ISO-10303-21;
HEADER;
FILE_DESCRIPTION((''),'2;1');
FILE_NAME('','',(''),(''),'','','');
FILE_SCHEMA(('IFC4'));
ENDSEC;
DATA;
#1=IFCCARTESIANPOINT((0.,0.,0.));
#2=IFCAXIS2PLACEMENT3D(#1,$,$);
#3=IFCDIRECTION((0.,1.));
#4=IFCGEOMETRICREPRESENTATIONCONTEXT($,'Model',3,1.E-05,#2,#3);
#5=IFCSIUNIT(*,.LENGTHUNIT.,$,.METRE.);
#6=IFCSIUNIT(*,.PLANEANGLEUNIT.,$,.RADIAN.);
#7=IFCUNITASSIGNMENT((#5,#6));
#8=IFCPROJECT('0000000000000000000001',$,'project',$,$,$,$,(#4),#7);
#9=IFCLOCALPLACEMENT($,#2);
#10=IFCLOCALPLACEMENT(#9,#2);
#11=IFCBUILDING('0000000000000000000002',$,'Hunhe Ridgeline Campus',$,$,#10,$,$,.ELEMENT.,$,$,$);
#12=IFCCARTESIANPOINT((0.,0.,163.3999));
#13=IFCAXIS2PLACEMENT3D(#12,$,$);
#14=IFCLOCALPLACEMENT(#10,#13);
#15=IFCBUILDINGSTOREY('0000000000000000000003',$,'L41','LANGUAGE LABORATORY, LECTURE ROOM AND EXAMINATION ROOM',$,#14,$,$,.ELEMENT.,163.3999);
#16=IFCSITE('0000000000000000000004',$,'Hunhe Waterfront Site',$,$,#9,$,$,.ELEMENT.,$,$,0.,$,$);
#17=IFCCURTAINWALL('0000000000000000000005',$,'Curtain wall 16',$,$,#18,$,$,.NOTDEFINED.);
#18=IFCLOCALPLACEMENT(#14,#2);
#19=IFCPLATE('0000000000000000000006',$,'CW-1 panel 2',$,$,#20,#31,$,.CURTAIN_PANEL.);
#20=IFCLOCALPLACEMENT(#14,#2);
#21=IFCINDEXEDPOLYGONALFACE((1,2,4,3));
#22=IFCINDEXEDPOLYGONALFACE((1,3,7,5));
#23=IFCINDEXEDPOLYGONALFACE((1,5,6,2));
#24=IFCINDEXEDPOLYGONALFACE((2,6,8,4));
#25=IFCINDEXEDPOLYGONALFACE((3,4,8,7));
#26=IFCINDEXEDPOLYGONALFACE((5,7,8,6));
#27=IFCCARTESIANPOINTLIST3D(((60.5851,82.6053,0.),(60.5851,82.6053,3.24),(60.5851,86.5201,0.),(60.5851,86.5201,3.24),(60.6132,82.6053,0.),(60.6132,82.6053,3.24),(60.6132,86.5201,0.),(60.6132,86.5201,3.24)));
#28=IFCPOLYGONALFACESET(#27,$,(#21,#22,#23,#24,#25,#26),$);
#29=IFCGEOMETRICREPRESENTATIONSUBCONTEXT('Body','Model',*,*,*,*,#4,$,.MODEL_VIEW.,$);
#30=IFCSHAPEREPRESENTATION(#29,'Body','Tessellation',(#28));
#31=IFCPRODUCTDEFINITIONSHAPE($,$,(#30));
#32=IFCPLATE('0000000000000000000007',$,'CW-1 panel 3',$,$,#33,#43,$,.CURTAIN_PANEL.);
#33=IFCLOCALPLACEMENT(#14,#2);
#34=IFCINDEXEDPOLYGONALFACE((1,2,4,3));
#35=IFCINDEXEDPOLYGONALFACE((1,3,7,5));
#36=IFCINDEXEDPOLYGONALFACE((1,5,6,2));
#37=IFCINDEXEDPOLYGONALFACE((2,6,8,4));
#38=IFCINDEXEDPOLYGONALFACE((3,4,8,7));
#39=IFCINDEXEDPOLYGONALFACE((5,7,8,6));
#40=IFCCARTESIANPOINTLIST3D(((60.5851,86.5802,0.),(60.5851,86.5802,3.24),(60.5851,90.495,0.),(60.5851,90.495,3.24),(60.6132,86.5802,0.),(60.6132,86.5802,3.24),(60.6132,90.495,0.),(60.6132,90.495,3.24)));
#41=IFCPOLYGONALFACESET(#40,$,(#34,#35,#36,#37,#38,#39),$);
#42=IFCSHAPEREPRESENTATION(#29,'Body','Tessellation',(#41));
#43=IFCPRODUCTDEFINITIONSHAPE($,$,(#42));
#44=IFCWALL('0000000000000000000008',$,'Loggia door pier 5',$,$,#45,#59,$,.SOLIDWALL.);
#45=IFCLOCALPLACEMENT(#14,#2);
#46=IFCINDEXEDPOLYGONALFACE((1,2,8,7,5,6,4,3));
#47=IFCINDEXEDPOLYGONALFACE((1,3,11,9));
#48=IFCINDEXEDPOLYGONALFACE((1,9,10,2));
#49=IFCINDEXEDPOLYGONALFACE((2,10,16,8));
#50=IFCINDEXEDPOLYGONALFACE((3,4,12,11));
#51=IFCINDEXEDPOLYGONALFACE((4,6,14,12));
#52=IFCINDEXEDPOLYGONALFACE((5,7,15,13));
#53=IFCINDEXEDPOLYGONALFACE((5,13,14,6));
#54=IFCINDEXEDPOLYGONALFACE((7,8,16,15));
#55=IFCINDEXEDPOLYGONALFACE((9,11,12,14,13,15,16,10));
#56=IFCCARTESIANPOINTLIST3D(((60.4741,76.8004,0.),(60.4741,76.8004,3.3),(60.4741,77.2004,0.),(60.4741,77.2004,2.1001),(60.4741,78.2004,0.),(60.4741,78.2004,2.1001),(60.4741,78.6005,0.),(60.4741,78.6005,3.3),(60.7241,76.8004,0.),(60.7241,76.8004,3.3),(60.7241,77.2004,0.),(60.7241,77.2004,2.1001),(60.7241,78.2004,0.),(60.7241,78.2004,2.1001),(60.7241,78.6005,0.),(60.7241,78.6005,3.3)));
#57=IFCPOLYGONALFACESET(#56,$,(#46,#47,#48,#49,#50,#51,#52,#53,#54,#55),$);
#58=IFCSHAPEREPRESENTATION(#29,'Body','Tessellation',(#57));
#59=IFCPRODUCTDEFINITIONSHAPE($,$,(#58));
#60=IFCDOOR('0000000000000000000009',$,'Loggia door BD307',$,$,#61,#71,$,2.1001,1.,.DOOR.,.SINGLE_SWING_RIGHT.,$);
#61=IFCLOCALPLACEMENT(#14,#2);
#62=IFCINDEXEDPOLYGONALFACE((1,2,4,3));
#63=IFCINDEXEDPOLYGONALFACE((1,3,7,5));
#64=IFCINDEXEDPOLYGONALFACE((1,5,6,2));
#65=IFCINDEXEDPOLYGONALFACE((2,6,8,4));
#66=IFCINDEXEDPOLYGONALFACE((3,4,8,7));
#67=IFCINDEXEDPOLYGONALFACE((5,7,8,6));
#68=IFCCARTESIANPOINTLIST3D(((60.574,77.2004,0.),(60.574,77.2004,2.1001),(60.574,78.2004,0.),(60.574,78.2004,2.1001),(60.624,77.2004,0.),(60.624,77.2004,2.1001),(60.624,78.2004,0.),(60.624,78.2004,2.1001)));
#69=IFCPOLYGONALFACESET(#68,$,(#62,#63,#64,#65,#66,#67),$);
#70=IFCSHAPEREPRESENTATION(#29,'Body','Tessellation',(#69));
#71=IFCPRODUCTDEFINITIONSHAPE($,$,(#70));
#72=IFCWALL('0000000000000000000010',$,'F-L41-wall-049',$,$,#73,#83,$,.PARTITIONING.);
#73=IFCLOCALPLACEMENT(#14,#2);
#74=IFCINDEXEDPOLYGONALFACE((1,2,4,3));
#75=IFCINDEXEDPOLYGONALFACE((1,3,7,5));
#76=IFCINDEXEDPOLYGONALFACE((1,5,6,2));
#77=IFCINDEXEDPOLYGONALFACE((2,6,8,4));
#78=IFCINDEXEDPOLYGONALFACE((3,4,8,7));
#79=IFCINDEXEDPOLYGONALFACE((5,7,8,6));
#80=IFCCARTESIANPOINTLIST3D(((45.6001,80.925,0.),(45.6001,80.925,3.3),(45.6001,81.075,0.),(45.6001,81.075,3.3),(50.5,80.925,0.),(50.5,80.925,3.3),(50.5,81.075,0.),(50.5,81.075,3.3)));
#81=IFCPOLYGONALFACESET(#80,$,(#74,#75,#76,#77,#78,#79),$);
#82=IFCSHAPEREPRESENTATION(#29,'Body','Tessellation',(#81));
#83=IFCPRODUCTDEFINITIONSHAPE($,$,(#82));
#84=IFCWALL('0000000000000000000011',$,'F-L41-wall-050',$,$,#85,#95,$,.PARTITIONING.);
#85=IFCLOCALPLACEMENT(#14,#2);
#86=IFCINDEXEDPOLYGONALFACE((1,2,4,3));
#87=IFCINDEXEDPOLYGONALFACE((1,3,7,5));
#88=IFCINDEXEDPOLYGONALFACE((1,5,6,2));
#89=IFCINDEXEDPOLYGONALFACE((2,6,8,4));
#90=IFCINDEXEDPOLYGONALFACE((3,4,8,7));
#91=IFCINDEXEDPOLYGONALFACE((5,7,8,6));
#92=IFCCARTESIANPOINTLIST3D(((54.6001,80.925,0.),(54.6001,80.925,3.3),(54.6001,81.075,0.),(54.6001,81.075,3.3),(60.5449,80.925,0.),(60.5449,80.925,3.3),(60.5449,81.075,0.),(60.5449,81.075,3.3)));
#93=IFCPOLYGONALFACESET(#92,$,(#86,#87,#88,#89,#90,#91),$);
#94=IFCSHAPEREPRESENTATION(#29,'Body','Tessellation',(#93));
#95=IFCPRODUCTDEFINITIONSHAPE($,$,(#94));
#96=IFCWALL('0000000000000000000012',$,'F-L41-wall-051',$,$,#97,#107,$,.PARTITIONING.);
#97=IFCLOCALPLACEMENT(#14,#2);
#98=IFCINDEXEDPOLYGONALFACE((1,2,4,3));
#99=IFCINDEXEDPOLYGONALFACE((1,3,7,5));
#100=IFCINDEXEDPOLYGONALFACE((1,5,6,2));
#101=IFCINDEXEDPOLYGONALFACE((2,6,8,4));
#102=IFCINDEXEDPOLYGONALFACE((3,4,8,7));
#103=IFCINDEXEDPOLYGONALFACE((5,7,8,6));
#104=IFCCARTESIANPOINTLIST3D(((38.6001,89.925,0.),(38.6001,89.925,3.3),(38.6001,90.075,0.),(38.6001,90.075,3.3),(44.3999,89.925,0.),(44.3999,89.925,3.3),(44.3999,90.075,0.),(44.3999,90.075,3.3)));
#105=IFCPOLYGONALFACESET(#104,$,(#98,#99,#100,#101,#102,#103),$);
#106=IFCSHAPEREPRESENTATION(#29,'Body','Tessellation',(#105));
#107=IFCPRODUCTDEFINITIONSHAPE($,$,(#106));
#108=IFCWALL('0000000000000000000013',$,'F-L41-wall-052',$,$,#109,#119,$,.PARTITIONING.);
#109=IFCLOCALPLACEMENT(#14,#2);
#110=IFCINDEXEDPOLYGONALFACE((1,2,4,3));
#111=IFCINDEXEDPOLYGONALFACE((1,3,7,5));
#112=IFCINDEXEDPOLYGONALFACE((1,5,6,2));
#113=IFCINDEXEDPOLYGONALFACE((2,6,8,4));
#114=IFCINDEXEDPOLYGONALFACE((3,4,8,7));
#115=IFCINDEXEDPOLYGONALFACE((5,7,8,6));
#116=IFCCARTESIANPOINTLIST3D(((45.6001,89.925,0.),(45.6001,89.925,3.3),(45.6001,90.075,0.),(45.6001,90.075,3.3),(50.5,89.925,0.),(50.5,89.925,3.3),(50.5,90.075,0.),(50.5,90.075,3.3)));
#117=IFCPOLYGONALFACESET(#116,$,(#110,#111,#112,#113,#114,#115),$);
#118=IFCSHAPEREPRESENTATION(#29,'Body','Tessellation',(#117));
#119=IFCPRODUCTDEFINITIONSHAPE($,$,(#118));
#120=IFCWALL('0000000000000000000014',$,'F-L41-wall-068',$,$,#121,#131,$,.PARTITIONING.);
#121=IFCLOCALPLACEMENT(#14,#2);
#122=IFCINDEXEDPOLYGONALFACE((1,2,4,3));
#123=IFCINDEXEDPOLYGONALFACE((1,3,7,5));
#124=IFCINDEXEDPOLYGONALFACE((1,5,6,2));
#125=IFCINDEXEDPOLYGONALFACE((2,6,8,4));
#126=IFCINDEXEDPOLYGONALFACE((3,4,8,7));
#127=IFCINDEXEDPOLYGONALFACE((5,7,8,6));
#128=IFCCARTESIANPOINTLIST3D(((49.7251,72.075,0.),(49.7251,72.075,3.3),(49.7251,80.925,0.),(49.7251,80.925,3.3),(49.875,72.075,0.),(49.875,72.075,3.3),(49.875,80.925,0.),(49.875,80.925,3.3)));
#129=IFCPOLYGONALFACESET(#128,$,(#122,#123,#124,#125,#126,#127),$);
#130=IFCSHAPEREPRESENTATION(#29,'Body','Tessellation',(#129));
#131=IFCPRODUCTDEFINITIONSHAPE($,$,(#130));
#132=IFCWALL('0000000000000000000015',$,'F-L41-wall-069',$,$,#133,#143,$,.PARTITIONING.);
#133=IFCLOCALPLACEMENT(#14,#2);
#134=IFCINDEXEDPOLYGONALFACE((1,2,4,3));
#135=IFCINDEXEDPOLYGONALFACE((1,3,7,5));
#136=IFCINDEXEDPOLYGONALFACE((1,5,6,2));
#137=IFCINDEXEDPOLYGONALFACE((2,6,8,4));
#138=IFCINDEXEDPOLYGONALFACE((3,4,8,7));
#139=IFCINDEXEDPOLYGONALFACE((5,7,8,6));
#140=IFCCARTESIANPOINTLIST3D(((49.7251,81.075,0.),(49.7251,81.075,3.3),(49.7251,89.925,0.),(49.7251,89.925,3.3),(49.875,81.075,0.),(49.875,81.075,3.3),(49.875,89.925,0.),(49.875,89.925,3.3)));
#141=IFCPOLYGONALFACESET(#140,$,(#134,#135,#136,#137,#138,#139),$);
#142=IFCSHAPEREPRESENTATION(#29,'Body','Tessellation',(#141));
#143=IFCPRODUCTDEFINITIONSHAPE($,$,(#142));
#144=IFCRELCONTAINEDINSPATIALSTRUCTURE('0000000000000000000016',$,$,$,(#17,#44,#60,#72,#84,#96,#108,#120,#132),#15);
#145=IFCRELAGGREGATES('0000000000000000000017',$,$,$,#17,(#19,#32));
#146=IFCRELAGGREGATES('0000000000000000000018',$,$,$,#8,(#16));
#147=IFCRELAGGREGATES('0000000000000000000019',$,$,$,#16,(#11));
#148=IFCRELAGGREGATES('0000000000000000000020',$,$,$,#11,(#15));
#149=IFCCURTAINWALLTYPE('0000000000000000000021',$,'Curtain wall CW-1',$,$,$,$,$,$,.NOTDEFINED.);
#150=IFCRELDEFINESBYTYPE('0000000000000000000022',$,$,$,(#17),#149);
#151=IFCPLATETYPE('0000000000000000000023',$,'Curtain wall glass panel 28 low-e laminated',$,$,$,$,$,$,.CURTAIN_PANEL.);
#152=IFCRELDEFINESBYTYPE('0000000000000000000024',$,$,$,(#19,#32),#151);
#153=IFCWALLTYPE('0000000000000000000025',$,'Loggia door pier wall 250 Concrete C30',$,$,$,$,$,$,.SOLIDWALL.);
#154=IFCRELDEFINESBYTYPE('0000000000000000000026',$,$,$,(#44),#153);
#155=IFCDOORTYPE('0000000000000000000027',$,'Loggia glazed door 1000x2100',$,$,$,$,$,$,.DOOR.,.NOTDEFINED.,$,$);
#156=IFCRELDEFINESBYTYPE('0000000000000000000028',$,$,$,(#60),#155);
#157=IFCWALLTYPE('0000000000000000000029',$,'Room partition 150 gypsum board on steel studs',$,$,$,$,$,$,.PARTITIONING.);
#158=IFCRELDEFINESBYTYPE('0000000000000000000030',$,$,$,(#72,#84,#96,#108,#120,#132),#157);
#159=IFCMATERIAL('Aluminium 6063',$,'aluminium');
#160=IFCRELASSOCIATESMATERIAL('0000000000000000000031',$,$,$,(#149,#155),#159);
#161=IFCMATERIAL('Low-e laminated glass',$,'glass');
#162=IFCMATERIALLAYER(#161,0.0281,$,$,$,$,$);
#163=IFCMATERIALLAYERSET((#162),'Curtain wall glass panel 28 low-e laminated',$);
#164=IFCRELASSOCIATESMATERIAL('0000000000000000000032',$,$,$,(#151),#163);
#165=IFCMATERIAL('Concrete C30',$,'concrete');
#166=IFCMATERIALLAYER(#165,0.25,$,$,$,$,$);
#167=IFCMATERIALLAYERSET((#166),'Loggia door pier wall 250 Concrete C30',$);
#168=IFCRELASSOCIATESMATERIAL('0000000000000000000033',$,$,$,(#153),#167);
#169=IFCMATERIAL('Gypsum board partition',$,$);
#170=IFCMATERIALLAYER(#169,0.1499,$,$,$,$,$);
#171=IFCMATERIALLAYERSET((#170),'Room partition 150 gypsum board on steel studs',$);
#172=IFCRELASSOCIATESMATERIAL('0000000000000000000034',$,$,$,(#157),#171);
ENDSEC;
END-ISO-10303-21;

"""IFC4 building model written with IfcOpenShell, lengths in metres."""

from ifc_helpers import new_model, si_unit, direction, frame, frame_2d, origin, origin_2d, place, context, subcontext, project, spatial, rectangle, extrude, material, layer, layer_set, type_object, element, fill, aggregate, save


model = new_model("IFC4")

# Units and contexts
model_context = context("Model", 3, precision=1e-05, world=origin(), true_north=direction((0.0, 1.0)))
body_context = subcontext(model_context, "Body", "Model", "MODEL_VIEW")
ifc_project = project(units=[si_unit("LENGTHUNIT", "METRE"), si_unit("PLANEANGLEUNIT", "RADIAN")], contexts=[model_context])

# Site, building, storey
site_placement = place(None, origin())
site = spatial("IfcSite", under=ifc_project, at=site_placement, Name="Hunhe Waterfront Site", CompositionType="ELEMENT", RefElevation=0.0)
building_placement = place(site_placement, origin())
building = spatial("IfcBuilding", under=site, at=building_placement, Name="Hunhe Ridgeline Campus", CompositionType="ELEMENT")
storey_placement = place(building_placement, frame((0.0, 0.0, 163.3999)))
storey = spatial("IfcBuildingStorey", under=building, at=storey_placement, Name="L41", Description="LANGUAGE LABORATORY, LECTURE ROOM AND EXAMINATION ROOM", CompositionType="ELEMENT", Elevation=163.3999)

# Curtain wall
ifc_material_1 = material(Name="Aluminium 6063", Category="aluminium")
curtain_wall_type = type_object("IfcCurtainWallType", Name="Curtain wall CW-1", PredefinedType="NOTDEFINED", material=ifc_material_1)
curtain_wall_1_placement = place(storey_placement, origin())
curtain_wall_1 = element("IfcCurtainWall", 1, at=curtain_wall_1_placement, inside=storey, type_object=curtain_wall_type, Name="Curtain wall 16", PredefinedType="NOTDEFINED")

# Plates
ifc_material_2 = material(Name="Low-e laminated glass", Category="glass")
ifc_layer_1 = layer(ifc_material_2, 0.0281)
ifc_layer_set_1 = layer_set([ifc_layer_1], Name="Curtain wall glass panel 28 low-e laminated")
plate_type = type_object("IfcPlateType", Name="Curtain wall glass panel 28 low-e laminated", PredefinedType="CURTAIN_PANEL", material=ifc_layer_set_1)
plate_1_placement = place(storey_placement, frame((60.5991, 84.5627, 0.0), z_axis=(0.0, 0.0, 1.0), x_axis=(0.0, 1.0, 0.0)))
plate_1 = element("IfcPlate", 2, at=plate_1_placement, type_object=plate_type, Name="CW-1 panel 2", PredefinedType="CURTAIN_PANEL", context=body_context, shape_type="SweptSolid", body=[
    extrude(rectangle(XDim=3.9148, YDim=0.0281, at=origin_2d()), origin(), (0.0, 0.0, 1.0), 3.24),
])
plate_2_placement = place(storey_placement, frame((60.5991, 88.5376, 0.0), z_axis=(0.0, 0.0, 1.0), x_axis=(0.0, 1.0, 0.0)))
plate_2 = element("IfcPlate", 3, at=plate_2_placement, type_object=plate_type, Name="CW-1 panel 3", PredefinedType="CURTAIN_PANEL", context=body_context, shape_type="SweptSolid", body=[
    extrude(rectangle(XDim=3.9148, YDim=0.0281, at=origin_2d()), origin(), (0.0, 0.0, 1.0), 3.24),
])
aggregate(curtain_wall_1, [plate_1, plate_2])

# Wall, opening, door
ifc_material_3 = material(Name="Concrete C30", Category="concrete")
ifc_layer_2 = layer(ifc_material_3, 0.25)
ifc_layer_set_2 = layer_set([ifc_layer_2], Name="Loggia door pier wall 250 Concrete C30")
wall_type_1 = type_object("IfcWallType", Name="Loggia door pier wall 250 Concrete C30", PredefinedType="SOLIDWALL", material=ifc_layer_set_2)
wall_1_placement = place(storey_placement, frame((60.5991, 76.8005, 0.0), z_axis=(0.0, 0.0, 1.0), x_axis=(0.0, 1.0, 0.0)))
wall_1 = element("IfcWall", 4, at=wall_1_placement, inside=storey, type_object=wall_type_1, Name="Loggia door pier 5", PredefinedType="SOLIDWALL", context=body_context, shape_type="SweptSolid", body=[
    extrude(rectangle(XDim=1.8, YDim=0.25, at=frame_2d((0.8999, 0.0))), origin(), (0.0, 0.0, 1.0), 3.3),
])
opening_placement = place(wall_1_placement, frame((0.3999, 0.0, 0.0)))
opening = element("IfcOpeningElement", 5, at=opening_placement, cuts=wall_1, PredefinedType="OPENING", context=body_context, shape_type="SweptSolid", body=[
    extrude(rectangle(XDim=1.0, YDim=2.1001, at=frame_2d((0.5, 1.05))), frame((0.0, 0.125, 0.0), z_axis=(0.0, -1.0, 0.0), x_axis=(1.0, 0.0, 0.0)), (0.0, 0.0, 1.0), 0.25),
])
door_type = type_object("IfcDoorType", Name="Loggia glazed door 1000x2100", OperationType="NOTDEFINED", PredefinedType="DOOR", material=ifc_material_1)
door_placement = place(opening_placement, frame((1.0, 0.0, 0.0), z_axis=(0.0, 0.0, 1.0), x_axis=(-1.0, 0.0, 0.0)))
door = element("IfcDoor", 6, at=door_placement, inside=storey, type_object=door_type, Name="Loggia door BD307", OperationType="SINGLE_SWING_RIGHT", OverallHeight=2.1001, OverallWidth=1.0, PredefinedType="DOOR", context=body_context, shape_type="SweptSolid", body=[
    extrude(rectangle(XDim=1.0, YDim=2.1001, at=frame_2d((0.5, 1.05))), frame((0.0, 0.0249, 0.0), z_axis=(0.0, -1.0, 0.0), x_axis=(1.0, 0.0, 0.0)), (0.0, 0.0, 1.0), 0.05),
])
fill(opening, door)

# Walls
ifc_material_4 = material(Name="Gypsum board partition")
ifc_layer_3 = layer(ifc_material_4, 0.1499)
ifc_layer_set_3 = layer_set([ifc_layer_3], Name="Room partition 150 gypsum board on steel studs")
wall_type_2 = type_object("IfcWallType", Name="Room partition 150 gypsum board on steel studs", PredefinedType="PARTITIONING", material=ifc_layer_set_3)
wall_2_placement = place(storey_placement, frame((45.6001, 81.0, 0.0), z_axis=(0.0, 0.0, 1.0), x_axis=(1.0, 0.0, 0.0)))
element("IfcWall", 7, at=wall_2_placement, inside=storey, type_object=wall_type_2, Name="F-L41-wall-049", PredefinedType="PARTITIONING", context=body_context, shape_type="SweptSolid", body=[
    extrude(rectangle(XDim=4.8999, YDim=0.1499, at=frame_2d((2.45, 0.0))), origin(), (0.0, 0.0, 1.0), 3.3),
])
wall_3_placement = place(storey_placement, frame((54.6001, 81.0, 0.0), z_axis=(0.0, 0.0, 1.0), x_axis=(1.0, 0.0, 0.0)))
element("IfcWall", 8, at=wall_3_placement, inside=storey, type_object=wall_type_2, Name="F-L41-wall-050", PredefinedType="PARTITIONING", context=body_context, shape_type="SweptSolid", body=[
    extrude(rectangle(XDim=5.9448, YDim=0.1499, at=frame_2d((2.9724, 0.0))), origin(), (0.0, 0.0, 1.0), 3.3),
])
wall_4_placement = place(storey_placement, frame((38.6001, 90.0, 0.0), z_axis=(0.0, 0.0, 1.0), x_axis=(1.0, 0.0, 0.0)))
element("IfcWall", 9, at=wall_4_placement, inside=storey, type_object=wall_type_2, Name="F-L41-wall-051", PredefinedType="PARTITIONING", context=body_context, shape_type="SweptSolid", body=[
    extrude(rectangle(XDim=5.7998, YDim=0.1499, at=frame_2d((2.8999, 0.0))), origin(), (0.0, 0.0, 1.0), 3.3),
])
wall_5_placement = place(storey_placement, frame((45.6001, 90.0, 0.0), z_axis=(0.0, 0.0, 1.0), x_axis=(1.0, 0.0, 0.0)))
element("IfcWall", 10, at=wall_5_placement, inside=storey, type_object=wall_type_2, Name="F-L41-wall-052", PredefinedType="PARTITIONING", context=body_context, shape_type="SweptSolid", body=[
    extrude(rectangle(XDim=4.8999, YDim=0.1499, at=frame_2d((2.45, 0.0))), origin(), (0.0, 0.0, 1.0), 3.3),
])
for number, where, z_axis, x_axis, name in (
    (11, (49.8, 80.925, 0.0), (0.0, 0.0, 1.0), (0.0, -1.0, 0.0), "F-L41-wall-068"),
    (12, (49.8, 89.925, 0.0), (0.0, 0.0, 1.0), (0.0, -1.0, 0.0), "F-L41-wall-069"),
):
    element("IfcWall", number, at=place(storey_placement, frame(where, z_axis=z_axis, x_axis=x_axis)), inside=storey, type_object=wall_type_2, Name=name, PredefinedType="PARTITIONING", context=body_context, shape_type="SweptSolid", body=[
        extrude(rectangle(XDim=8.8501, YDim=0.1499, at=frame_2d((4.425, 0.0))), origin(), (0.0, 0.0, 1.0), 3.3),
    ])

save(model, "model.ifc")
